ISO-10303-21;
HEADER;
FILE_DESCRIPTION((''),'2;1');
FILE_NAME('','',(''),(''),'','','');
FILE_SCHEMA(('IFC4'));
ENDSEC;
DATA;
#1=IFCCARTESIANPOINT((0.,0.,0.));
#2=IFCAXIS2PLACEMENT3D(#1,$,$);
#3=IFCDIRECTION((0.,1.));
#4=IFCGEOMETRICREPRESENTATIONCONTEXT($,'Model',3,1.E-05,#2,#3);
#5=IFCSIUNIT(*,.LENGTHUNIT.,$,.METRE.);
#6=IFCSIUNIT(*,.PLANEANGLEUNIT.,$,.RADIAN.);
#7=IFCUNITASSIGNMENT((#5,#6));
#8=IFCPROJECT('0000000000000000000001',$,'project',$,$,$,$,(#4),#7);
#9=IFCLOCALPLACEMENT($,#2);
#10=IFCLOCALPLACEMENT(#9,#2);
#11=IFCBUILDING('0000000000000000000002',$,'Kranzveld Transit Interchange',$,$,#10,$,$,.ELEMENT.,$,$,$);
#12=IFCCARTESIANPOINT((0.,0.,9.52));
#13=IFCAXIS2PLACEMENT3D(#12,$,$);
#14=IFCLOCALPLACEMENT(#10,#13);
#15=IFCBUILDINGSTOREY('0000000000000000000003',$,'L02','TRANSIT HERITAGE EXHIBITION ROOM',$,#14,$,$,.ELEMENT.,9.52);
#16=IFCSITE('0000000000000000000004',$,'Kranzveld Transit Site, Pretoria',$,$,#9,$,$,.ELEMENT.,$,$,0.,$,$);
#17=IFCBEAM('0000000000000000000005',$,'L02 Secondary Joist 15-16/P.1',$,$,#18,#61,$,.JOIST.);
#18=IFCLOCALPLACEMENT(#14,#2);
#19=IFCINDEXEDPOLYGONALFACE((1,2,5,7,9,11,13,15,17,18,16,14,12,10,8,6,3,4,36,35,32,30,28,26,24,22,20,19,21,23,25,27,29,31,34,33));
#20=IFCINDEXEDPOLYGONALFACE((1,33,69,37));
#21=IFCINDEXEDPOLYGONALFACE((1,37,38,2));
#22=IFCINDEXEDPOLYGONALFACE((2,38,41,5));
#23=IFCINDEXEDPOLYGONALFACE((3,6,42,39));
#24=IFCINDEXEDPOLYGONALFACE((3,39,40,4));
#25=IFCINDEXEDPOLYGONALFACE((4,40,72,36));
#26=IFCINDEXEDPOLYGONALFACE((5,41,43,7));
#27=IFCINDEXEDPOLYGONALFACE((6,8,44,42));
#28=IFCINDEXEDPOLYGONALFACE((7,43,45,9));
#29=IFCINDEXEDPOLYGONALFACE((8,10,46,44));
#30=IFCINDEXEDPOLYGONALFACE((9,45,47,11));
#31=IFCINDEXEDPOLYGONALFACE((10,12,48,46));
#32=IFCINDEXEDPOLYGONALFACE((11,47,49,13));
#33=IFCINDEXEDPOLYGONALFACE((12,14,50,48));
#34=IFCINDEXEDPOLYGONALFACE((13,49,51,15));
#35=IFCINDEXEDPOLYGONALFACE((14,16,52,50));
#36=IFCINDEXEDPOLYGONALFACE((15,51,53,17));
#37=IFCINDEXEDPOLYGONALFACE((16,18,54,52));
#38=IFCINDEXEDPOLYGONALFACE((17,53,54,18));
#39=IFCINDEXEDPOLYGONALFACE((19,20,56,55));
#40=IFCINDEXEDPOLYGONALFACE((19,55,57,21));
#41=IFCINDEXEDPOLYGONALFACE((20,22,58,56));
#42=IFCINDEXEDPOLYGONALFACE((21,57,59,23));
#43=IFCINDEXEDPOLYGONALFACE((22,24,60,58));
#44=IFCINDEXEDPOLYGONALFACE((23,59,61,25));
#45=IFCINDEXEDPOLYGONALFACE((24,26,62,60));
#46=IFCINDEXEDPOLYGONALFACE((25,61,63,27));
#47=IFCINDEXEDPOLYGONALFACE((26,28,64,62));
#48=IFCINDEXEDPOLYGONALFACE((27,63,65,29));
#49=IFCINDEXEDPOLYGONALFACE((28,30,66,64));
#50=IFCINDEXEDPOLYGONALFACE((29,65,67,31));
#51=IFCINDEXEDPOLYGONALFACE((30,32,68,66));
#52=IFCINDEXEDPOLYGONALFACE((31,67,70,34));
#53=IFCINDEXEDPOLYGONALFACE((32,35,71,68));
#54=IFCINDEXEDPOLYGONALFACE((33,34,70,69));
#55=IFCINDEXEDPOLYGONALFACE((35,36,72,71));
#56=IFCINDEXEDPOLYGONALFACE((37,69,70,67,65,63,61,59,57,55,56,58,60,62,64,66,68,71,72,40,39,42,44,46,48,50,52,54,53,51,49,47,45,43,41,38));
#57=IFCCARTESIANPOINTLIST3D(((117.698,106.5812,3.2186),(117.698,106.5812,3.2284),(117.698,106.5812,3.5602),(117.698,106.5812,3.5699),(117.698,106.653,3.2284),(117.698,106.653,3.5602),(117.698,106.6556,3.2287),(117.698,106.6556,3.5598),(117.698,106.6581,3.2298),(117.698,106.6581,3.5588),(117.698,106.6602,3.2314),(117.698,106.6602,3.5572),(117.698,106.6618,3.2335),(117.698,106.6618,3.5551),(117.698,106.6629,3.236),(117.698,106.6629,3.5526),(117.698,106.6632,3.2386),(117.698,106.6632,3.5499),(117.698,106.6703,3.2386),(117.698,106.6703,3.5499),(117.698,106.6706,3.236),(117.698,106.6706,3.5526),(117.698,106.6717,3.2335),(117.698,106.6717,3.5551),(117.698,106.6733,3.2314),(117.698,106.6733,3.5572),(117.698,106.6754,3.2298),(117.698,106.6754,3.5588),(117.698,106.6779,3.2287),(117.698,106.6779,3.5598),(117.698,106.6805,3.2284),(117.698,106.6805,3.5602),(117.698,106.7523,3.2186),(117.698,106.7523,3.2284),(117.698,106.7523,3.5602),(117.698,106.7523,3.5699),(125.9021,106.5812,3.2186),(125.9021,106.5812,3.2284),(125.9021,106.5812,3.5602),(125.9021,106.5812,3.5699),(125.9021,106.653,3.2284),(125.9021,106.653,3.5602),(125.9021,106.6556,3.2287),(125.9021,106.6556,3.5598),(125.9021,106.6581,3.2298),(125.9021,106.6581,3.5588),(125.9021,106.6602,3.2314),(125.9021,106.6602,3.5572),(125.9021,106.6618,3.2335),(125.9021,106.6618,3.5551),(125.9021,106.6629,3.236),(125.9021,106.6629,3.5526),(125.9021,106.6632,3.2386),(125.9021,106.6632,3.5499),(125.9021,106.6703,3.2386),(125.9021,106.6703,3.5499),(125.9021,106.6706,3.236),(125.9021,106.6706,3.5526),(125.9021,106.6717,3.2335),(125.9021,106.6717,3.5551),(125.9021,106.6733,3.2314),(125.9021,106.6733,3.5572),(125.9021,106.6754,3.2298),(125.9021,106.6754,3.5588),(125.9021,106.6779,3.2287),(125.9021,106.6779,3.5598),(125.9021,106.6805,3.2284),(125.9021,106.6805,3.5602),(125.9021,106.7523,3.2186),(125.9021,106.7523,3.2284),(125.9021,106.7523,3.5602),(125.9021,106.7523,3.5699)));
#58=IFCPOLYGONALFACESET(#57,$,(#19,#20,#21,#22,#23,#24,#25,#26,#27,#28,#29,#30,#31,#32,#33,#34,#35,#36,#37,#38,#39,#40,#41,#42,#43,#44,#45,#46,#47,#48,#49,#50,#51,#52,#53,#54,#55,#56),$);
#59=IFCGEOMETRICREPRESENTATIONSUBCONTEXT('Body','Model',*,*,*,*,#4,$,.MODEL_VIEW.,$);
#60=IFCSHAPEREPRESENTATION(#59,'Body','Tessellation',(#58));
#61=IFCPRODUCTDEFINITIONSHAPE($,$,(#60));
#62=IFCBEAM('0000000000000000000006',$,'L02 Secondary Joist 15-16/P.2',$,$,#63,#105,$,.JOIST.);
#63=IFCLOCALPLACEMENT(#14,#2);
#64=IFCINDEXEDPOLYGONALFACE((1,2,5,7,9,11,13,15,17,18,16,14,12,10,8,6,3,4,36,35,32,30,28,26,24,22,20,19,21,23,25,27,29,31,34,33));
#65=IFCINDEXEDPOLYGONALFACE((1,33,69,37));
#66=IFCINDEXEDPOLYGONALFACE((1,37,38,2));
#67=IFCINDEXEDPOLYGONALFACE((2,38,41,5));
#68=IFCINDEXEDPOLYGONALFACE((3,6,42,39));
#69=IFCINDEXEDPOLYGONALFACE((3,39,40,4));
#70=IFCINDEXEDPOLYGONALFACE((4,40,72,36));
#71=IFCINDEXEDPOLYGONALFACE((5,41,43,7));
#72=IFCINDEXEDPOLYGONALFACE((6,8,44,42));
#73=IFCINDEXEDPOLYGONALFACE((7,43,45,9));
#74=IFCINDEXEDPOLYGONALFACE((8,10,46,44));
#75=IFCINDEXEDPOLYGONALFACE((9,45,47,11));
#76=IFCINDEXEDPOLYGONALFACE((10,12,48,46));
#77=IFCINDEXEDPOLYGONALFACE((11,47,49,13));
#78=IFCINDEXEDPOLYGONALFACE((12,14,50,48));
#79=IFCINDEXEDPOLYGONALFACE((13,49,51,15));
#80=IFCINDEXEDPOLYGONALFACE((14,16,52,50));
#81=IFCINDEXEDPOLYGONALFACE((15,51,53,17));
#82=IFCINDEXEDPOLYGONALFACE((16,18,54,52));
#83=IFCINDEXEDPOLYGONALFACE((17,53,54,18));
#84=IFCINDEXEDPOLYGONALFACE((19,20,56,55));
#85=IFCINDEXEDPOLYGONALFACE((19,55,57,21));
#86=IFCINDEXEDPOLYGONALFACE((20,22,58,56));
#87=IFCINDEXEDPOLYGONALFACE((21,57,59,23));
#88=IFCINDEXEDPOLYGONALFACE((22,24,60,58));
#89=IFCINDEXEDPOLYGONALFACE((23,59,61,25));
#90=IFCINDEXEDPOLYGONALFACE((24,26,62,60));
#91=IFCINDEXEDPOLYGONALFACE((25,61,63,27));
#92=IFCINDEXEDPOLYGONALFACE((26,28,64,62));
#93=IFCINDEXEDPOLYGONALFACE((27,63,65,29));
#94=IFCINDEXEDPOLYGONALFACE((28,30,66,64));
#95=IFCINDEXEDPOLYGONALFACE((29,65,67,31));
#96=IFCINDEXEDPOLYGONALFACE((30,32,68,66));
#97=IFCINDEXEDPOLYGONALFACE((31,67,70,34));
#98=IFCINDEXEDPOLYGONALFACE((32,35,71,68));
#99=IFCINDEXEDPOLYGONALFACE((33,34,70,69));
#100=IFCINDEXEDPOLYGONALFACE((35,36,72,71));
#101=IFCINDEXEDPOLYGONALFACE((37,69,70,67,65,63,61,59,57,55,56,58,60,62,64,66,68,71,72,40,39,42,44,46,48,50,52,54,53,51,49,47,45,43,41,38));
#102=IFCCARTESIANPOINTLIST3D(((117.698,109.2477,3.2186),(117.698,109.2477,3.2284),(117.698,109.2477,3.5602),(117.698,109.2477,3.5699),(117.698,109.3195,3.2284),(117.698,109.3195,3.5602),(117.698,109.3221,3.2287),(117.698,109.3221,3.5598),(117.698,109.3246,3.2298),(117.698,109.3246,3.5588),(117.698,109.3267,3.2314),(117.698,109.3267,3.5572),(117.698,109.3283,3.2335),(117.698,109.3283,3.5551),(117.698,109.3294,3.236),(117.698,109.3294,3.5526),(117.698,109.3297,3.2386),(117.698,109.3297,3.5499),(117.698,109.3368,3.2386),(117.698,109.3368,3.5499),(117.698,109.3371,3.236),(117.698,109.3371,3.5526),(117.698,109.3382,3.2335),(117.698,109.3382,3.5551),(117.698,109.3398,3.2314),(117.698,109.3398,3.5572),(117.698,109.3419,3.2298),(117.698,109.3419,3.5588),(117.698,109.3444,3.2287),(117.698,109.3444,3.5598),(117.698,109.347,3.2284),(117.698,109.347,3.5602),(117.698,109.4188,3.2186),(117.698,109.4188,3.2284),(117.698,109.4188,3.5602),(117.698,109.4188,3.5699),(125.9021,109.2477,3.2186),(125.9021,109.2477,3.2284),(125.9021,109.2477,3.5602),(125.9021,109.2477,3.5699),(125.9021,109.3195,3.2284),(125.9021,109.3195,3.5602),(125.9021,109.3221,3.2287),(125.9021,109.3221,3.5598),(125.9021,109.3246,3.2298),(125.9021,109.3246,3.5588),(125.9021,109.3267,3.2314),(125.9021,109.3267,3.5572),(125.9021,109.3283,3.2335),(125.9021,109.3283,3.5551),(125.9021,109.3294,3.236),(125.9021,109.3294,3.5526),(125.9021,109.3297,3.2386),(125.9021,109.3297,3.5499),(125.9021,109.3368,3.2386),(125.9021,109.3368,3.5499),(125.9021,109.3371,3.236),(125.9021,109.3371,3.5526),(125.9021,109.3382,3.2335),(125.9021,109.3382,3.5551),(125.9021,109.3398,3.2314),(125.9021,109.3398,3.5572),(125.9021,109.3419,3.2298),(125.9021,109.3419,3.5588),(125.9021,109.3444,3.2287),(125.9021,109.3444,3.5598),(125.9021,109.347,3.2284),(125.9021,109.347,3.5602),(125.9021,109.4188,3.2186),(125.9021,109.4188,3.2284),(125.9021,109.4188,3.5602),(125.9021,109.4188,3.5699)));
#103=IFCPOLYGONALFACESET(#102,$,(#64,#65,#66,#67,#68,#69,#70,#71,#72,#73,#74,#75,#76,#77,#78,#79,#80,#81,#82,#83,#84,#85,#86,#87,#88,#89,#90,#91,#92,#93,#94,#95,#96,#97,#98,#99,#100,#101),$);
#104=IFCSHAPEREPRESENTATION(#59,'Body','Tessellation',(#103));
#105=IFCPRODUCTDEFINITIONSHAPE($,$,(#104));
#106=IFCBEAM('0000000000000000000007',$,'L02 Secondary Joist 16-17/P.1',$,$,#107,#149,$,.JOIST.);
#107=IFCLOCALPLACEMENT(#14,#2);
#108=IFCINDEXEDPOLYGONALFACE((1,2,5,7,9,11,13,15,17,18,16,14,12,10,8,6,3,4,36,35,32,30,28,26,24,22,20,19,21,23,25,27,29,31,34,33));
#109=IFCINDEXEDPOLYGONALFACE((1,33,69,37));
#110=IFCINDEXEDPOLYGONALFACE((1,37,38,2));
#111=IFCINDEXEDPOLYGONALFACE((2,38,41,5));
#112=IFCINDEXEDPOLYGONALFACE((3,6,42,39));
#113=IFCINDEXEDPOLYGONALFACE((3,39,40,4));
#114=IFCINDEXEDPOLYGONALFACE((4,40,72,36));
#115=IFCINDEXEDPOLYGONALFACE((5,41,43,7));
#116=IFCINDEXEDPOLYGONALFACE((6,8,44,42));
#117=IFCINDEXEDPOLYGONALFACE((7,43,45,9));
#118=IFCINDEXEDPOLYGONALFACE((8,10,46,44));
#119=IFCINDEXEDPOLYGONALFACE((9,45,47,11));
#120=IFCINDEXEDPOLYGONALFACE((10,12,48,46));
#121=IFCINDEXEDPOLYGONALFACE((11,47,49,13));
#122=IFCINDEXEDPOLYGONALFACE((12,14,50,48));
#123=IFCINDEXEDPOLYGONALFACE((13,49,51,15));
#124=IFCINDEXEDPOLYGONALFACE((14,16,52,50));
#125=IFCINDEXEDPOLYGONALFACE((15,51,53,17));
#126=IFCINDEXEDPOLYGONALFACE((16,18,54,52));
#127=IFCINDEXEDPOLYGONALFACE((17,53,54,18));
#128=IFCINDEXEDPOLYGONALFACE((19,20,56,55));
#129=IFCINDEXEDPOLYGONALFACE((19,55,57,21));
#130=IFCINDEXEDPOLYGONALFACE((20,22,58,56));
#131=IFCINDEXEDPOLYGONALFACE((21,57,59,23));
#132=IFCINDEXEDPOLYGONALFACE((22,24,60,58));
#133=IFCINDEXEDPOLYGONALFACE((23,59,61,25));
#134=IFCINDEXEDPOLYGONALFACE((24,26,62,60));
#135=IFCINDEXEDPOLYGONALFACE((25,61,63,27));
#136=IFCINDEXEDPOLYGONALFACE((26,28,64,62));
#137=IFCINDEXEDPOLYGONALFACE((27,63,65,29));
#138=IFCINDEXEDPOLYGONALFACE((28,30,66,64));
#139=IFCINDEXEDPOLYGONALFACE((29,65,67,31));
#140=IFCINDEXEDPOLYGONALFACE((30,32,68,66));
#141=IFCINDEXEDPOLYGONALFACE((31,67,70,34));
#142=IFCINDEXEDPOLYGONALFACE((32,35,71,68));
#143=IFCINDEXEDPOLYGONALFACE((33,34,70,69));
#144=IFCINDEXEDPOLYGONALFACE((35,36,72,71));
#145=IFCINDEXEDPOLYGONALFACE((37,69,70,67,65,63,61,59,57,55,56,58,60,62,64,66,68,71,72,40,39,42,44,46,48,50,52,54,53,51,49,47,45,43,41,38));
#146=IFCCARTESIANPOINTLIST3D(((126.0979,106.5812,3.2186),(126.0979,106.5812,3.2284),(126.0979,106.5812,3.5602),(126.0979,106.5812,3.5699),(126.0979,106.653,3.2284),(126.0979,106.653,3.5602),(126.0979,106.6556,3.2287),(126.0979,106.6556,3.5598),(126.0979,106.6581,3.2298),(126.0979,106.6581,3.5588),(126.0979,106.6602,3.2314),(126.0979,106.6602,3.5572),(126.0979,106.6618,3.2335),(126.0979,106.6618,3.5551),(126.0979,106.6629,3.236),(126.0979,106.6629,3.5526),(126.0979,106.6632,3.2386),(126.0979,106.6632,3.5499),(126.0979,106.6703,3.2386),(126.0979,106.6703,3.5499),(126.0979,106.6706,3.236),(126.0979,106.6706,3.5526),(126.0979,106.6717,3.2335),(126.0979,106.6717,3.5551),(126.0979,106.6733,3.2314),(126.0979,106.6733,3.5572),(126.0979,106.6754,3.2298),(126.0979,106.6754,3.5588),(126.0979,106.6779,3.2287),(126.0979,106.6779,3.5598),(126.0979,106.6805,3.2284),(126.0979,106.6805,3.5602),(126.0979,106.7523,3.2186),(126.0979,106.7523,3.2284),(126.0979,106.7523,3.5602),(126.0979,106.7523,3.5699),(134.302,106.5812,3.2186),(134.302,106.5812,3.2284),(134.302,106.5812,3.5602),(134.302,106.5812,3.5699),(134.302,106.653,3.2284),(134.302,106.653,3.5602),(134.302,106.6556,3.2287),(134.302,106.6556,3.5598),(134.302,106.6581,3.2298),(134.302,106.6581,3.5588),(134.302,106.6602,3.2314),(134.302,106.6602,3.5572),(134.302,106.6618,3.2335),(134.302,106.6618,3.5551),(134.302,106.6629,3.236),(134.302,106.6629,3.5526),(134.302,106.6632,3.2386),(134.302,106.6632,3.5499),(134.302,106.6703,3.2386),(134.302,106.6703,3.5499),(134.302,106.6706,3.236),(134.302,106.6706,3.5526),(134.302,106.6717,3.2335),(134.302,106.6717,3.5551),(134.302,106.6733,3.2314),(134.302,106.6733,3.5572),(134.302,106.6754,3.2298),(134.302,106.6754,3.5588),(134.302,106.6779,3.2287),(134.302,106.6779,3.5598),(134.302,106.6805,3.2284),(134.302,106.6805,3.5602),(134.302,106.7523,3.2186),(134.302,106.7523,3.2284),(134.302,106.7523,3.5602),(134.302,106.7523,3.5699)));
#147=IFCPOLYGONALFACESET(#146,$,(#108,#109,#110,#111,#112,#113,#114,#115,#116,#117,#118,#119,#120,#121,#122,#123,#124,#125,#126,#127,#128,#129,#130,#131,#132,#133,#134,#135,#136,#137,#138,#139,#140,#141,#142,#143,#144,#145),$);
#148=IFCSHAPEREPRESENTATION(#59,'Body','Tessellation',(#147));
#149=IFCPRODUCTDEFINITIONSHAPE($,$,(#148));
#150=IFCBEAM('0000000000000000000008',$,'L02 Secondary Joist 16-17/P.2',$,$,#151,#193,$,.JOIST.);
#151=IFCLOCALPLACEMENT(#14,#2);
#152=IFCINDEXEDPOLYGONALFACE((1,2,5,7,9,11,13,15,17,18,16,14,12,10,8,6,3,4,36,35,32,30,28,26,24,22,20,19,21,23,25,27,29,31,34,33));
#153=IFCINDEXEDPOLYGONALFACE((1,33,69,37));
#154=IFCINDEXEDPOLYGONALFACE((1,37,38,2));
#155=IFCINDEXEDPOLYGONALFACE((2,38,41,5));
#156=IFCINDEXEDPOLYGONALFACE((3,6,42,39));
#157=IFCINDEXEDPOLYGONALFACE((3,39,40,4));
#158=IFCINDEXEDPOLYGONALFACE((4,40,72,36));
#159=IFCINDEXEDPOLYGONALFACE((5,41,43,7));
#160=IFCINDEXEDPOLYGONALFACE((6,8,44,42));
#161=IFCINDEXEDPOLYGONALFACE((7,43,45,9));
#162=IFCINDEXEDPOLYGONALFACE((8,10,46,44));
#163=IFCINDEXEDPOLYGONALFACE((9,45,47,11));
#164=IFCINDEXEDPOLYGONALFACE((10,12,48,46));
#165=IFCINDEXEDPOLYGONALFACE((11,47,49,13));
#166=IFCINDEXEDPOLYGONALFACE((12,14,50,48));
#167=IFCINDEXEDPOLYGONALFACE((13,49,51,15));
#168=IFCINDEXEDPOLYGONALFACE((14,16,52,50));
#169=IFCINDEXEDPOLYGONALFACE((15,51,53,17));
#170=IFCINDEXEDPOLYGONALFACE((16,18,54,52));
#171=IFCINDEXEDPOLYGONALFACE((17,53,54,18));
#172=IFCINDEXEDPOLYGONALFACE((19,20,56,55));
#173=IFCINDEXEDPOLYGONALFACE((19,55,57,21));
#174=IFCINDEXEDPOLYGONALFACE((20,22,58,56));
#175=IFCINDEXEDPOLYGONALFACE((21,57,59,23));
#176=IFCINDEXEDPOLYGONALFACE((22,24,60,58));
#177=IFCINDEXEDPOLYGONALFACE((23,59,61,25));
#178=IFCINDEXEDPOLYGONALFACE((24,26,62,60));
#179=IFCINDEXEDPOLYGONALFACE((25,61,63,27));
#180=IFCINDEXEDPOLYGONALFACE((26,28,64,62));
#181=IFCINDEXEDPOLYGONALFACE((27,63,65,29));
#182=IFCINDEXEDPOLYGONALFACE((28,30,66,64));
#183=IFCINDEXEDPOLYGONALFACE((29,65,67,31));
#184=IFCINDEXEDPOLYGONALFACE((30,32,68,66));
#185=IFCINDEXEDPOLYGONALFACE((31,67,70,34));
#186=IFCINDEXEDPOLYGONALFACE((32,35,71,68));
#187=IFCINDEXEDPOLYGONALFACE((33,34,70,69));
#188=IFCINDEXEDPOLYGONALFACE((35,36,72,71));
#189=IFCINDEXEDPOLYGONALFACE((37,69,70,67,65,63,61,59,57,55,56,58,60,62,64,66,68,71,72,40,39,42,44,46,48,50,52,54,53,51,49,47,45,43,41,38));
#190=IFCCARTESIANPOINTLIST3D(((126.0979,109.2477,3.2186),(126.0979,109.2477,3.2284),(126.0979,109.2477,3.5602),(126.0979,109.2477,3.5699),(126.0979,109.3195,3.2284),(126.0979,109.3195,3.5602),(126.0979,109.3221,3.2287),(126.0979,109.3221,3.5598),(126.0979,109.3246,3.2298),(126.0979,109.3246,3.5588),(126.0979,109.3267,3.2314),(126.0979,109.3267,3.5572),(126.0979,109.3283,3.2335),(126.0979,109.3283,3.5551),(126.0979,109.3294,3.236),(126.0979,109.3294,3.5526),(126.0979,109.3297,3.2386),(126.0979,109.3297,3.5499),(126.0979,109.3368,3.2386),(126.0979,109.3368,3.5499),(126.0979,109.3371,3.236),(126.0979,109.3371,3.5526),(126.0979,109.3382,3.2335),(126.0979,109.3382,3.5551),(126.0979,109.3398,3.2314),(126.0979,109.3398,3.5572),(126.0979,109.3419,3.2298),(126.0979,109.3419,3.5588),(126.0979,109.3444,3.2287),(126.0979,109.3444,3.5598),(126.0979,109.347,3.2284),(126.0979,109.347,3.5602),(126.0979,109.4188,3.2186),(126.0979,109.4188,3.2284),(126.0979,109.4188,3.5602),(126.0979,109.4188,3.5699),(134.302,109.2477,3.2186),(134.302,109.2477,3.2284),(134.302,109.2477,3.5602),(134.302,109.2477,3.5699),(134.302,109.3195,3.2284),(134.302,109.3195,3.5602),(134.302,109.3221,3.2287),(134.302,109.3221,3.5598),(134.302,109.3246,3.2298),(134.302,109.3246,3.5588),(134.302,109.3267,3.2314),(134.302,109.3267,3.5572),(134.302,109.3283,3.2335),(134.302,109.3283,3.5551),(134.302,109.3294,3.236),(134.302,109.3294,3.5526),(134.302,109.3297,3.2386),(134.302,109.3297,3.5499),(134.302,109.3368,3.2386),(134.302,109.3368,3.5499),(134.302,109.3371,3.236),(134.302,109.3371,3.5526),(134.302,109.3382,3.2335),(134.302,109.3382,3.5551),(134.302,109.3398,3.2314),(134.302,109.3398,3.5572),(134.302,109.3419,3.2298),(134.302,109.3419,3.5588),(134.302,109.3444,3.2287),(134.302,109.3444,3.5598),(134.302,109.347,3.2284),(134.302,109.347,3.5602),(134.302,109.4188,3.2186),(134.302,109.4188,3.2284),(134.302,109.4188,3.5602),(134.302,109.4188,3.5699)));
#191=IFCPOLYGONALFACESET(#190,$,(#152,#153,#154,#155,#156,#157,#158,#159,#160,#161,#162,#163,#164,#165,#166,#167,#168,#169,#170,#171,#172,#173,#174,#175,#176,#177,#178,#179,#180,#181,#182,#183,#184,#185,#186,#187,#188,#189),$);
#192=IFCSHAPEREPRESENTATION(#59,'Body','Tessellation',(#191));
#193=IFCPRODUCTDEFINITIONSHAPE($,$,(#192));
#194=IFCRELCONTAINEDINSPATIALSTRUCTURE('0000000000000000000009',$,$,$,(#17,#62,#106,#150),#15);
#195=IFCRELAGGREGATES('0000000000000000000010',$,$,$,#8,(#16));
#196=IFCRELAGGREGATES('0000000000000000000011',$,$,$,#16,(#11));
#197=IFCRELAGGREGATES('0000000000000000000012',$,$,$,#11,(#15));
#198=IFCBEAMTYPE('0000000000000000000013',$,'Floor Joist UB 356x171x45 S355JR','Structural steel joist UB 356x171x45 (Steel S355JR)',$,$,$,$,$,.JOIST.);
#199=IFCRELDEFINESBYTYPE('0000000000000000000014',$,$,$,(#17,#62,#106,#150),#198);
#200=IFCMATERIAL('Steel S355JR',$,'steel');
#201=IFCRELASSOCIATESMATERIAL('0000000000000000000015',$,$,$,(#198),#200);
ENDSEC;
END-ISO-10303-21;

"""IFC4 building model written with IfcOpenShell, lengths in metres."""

from ifc_helpers import new_model, si_unit, direction, frame, origin, origin_2d, place, context, subcontext, project, spatial, i_section, extrude, material, material_profile, profile_set, type_object, element, save


model = new_model("IFC4")

# Units and contexts
model_context = context("Model", 3, precision=1e-05, world=origin(), true_north=direction((0.0, 1.0)))
body_context = subcontext(model_context, "Body", "Model", "MODEL_VIEW")
ifc_project = project(units=[si_unit("LENGTHUNIT", "METRE"), si_unit("PLANEANGLEUNIT", "RADIAN")], contexts=[model_context])

# Site, building, storey
site_placement = place(None, origin())
site = spatial("IfcSite", under=ifc_project, at=site_placement, Name="Kranzveld Transit Site, Pretoria", CompositionType="ELEMENT", RefElevation=0.0)
building_placement = place(site_placement, origin())
building = spatial("IfcBuilding", under=site, at=building_placement, Name="Kranzveld Transit Interchange", CompositionType="ELEMENT")
storey_placement = place(building_placement, frame((0.0, 0.0, 9.52)))
storey = spatial("IfcBuildingStorey", under=building, at=storey_placement, Name="L02", Description="TRANSIT HERITAGE EXHIBITION ROOM", CompositionType="ELEMENT", Elevation=9.52)

# Beams
ifc_material_1 = material(Name="Steel S355JR", Category="steel")
ifc_material_profile_1 = material_profile(ifc_material_1, i_section(OverallWidth=0.1711, OverallDepth=0.3513, WebThickness=0.0071, FlangeThickness=0.0098, FilletRadius=0.0103, at=origin_2d()), Name="UB 356x171x45")
ifc_profile_set_1 = profile_set([ifc_material_profile_1], Name="Steel S355JR")
beam_type_1 = type_object("IfcBeamType", Name="Floor Joist UB 356x171x45 S355JR", Description="Structural steel joist UB 356x171x45 (Steel S355JR)", PredefinedType="JOIST", material=ifc_profile_set_1)
for number, where, z_axis, x_axis, name in (
    (1, (117.698, 106.6667, 3.3943), (1.0, 0.0, 0.0), (0.0, 1.0, 0.0), "L02 Secondary Joist 15-16/P.1"),
    (2, (117.698, 109.3333, 3.3943), (1.0, 0.0, 0.0), (0.0, 1.0, 0.0), "L02 Secondary Joist 15-16/P.2"),
    (3, (126.0979, 106.6667, 3.3943), (1.0, 0.0, 0.0), (0.0, 1.0, 0.0), "L02 Secondary Joist 16-17/P.1"),
    (4, (126.0979, 109.3333, 3.3943), (1.0, 0.0, 0.0), (0.0, 1.0, 0.0), "L02 Secondary Joist 16-17/P.2"),
):
    element("IfcBeam", number, at=place(storey_placement, frame(where, z_axis=z_axis, x_axis=x_axis)), inside=storey, type_object=beam_type_1, Name=name, PredefinedType="JOIST", context=body_context, shape_type="SweptSolid", body=[
        extrude(i_section(OverallWidth=0.1711, OverallDepth=0.3513, WebThickness=0.0071, FlangeThickness=0.0098, FilletRadius=0.0103, at=origin_2d()), origin(), (0.0, 0.0, 1.0), 8.2041),
    ])

save(model, "model.ifc")
